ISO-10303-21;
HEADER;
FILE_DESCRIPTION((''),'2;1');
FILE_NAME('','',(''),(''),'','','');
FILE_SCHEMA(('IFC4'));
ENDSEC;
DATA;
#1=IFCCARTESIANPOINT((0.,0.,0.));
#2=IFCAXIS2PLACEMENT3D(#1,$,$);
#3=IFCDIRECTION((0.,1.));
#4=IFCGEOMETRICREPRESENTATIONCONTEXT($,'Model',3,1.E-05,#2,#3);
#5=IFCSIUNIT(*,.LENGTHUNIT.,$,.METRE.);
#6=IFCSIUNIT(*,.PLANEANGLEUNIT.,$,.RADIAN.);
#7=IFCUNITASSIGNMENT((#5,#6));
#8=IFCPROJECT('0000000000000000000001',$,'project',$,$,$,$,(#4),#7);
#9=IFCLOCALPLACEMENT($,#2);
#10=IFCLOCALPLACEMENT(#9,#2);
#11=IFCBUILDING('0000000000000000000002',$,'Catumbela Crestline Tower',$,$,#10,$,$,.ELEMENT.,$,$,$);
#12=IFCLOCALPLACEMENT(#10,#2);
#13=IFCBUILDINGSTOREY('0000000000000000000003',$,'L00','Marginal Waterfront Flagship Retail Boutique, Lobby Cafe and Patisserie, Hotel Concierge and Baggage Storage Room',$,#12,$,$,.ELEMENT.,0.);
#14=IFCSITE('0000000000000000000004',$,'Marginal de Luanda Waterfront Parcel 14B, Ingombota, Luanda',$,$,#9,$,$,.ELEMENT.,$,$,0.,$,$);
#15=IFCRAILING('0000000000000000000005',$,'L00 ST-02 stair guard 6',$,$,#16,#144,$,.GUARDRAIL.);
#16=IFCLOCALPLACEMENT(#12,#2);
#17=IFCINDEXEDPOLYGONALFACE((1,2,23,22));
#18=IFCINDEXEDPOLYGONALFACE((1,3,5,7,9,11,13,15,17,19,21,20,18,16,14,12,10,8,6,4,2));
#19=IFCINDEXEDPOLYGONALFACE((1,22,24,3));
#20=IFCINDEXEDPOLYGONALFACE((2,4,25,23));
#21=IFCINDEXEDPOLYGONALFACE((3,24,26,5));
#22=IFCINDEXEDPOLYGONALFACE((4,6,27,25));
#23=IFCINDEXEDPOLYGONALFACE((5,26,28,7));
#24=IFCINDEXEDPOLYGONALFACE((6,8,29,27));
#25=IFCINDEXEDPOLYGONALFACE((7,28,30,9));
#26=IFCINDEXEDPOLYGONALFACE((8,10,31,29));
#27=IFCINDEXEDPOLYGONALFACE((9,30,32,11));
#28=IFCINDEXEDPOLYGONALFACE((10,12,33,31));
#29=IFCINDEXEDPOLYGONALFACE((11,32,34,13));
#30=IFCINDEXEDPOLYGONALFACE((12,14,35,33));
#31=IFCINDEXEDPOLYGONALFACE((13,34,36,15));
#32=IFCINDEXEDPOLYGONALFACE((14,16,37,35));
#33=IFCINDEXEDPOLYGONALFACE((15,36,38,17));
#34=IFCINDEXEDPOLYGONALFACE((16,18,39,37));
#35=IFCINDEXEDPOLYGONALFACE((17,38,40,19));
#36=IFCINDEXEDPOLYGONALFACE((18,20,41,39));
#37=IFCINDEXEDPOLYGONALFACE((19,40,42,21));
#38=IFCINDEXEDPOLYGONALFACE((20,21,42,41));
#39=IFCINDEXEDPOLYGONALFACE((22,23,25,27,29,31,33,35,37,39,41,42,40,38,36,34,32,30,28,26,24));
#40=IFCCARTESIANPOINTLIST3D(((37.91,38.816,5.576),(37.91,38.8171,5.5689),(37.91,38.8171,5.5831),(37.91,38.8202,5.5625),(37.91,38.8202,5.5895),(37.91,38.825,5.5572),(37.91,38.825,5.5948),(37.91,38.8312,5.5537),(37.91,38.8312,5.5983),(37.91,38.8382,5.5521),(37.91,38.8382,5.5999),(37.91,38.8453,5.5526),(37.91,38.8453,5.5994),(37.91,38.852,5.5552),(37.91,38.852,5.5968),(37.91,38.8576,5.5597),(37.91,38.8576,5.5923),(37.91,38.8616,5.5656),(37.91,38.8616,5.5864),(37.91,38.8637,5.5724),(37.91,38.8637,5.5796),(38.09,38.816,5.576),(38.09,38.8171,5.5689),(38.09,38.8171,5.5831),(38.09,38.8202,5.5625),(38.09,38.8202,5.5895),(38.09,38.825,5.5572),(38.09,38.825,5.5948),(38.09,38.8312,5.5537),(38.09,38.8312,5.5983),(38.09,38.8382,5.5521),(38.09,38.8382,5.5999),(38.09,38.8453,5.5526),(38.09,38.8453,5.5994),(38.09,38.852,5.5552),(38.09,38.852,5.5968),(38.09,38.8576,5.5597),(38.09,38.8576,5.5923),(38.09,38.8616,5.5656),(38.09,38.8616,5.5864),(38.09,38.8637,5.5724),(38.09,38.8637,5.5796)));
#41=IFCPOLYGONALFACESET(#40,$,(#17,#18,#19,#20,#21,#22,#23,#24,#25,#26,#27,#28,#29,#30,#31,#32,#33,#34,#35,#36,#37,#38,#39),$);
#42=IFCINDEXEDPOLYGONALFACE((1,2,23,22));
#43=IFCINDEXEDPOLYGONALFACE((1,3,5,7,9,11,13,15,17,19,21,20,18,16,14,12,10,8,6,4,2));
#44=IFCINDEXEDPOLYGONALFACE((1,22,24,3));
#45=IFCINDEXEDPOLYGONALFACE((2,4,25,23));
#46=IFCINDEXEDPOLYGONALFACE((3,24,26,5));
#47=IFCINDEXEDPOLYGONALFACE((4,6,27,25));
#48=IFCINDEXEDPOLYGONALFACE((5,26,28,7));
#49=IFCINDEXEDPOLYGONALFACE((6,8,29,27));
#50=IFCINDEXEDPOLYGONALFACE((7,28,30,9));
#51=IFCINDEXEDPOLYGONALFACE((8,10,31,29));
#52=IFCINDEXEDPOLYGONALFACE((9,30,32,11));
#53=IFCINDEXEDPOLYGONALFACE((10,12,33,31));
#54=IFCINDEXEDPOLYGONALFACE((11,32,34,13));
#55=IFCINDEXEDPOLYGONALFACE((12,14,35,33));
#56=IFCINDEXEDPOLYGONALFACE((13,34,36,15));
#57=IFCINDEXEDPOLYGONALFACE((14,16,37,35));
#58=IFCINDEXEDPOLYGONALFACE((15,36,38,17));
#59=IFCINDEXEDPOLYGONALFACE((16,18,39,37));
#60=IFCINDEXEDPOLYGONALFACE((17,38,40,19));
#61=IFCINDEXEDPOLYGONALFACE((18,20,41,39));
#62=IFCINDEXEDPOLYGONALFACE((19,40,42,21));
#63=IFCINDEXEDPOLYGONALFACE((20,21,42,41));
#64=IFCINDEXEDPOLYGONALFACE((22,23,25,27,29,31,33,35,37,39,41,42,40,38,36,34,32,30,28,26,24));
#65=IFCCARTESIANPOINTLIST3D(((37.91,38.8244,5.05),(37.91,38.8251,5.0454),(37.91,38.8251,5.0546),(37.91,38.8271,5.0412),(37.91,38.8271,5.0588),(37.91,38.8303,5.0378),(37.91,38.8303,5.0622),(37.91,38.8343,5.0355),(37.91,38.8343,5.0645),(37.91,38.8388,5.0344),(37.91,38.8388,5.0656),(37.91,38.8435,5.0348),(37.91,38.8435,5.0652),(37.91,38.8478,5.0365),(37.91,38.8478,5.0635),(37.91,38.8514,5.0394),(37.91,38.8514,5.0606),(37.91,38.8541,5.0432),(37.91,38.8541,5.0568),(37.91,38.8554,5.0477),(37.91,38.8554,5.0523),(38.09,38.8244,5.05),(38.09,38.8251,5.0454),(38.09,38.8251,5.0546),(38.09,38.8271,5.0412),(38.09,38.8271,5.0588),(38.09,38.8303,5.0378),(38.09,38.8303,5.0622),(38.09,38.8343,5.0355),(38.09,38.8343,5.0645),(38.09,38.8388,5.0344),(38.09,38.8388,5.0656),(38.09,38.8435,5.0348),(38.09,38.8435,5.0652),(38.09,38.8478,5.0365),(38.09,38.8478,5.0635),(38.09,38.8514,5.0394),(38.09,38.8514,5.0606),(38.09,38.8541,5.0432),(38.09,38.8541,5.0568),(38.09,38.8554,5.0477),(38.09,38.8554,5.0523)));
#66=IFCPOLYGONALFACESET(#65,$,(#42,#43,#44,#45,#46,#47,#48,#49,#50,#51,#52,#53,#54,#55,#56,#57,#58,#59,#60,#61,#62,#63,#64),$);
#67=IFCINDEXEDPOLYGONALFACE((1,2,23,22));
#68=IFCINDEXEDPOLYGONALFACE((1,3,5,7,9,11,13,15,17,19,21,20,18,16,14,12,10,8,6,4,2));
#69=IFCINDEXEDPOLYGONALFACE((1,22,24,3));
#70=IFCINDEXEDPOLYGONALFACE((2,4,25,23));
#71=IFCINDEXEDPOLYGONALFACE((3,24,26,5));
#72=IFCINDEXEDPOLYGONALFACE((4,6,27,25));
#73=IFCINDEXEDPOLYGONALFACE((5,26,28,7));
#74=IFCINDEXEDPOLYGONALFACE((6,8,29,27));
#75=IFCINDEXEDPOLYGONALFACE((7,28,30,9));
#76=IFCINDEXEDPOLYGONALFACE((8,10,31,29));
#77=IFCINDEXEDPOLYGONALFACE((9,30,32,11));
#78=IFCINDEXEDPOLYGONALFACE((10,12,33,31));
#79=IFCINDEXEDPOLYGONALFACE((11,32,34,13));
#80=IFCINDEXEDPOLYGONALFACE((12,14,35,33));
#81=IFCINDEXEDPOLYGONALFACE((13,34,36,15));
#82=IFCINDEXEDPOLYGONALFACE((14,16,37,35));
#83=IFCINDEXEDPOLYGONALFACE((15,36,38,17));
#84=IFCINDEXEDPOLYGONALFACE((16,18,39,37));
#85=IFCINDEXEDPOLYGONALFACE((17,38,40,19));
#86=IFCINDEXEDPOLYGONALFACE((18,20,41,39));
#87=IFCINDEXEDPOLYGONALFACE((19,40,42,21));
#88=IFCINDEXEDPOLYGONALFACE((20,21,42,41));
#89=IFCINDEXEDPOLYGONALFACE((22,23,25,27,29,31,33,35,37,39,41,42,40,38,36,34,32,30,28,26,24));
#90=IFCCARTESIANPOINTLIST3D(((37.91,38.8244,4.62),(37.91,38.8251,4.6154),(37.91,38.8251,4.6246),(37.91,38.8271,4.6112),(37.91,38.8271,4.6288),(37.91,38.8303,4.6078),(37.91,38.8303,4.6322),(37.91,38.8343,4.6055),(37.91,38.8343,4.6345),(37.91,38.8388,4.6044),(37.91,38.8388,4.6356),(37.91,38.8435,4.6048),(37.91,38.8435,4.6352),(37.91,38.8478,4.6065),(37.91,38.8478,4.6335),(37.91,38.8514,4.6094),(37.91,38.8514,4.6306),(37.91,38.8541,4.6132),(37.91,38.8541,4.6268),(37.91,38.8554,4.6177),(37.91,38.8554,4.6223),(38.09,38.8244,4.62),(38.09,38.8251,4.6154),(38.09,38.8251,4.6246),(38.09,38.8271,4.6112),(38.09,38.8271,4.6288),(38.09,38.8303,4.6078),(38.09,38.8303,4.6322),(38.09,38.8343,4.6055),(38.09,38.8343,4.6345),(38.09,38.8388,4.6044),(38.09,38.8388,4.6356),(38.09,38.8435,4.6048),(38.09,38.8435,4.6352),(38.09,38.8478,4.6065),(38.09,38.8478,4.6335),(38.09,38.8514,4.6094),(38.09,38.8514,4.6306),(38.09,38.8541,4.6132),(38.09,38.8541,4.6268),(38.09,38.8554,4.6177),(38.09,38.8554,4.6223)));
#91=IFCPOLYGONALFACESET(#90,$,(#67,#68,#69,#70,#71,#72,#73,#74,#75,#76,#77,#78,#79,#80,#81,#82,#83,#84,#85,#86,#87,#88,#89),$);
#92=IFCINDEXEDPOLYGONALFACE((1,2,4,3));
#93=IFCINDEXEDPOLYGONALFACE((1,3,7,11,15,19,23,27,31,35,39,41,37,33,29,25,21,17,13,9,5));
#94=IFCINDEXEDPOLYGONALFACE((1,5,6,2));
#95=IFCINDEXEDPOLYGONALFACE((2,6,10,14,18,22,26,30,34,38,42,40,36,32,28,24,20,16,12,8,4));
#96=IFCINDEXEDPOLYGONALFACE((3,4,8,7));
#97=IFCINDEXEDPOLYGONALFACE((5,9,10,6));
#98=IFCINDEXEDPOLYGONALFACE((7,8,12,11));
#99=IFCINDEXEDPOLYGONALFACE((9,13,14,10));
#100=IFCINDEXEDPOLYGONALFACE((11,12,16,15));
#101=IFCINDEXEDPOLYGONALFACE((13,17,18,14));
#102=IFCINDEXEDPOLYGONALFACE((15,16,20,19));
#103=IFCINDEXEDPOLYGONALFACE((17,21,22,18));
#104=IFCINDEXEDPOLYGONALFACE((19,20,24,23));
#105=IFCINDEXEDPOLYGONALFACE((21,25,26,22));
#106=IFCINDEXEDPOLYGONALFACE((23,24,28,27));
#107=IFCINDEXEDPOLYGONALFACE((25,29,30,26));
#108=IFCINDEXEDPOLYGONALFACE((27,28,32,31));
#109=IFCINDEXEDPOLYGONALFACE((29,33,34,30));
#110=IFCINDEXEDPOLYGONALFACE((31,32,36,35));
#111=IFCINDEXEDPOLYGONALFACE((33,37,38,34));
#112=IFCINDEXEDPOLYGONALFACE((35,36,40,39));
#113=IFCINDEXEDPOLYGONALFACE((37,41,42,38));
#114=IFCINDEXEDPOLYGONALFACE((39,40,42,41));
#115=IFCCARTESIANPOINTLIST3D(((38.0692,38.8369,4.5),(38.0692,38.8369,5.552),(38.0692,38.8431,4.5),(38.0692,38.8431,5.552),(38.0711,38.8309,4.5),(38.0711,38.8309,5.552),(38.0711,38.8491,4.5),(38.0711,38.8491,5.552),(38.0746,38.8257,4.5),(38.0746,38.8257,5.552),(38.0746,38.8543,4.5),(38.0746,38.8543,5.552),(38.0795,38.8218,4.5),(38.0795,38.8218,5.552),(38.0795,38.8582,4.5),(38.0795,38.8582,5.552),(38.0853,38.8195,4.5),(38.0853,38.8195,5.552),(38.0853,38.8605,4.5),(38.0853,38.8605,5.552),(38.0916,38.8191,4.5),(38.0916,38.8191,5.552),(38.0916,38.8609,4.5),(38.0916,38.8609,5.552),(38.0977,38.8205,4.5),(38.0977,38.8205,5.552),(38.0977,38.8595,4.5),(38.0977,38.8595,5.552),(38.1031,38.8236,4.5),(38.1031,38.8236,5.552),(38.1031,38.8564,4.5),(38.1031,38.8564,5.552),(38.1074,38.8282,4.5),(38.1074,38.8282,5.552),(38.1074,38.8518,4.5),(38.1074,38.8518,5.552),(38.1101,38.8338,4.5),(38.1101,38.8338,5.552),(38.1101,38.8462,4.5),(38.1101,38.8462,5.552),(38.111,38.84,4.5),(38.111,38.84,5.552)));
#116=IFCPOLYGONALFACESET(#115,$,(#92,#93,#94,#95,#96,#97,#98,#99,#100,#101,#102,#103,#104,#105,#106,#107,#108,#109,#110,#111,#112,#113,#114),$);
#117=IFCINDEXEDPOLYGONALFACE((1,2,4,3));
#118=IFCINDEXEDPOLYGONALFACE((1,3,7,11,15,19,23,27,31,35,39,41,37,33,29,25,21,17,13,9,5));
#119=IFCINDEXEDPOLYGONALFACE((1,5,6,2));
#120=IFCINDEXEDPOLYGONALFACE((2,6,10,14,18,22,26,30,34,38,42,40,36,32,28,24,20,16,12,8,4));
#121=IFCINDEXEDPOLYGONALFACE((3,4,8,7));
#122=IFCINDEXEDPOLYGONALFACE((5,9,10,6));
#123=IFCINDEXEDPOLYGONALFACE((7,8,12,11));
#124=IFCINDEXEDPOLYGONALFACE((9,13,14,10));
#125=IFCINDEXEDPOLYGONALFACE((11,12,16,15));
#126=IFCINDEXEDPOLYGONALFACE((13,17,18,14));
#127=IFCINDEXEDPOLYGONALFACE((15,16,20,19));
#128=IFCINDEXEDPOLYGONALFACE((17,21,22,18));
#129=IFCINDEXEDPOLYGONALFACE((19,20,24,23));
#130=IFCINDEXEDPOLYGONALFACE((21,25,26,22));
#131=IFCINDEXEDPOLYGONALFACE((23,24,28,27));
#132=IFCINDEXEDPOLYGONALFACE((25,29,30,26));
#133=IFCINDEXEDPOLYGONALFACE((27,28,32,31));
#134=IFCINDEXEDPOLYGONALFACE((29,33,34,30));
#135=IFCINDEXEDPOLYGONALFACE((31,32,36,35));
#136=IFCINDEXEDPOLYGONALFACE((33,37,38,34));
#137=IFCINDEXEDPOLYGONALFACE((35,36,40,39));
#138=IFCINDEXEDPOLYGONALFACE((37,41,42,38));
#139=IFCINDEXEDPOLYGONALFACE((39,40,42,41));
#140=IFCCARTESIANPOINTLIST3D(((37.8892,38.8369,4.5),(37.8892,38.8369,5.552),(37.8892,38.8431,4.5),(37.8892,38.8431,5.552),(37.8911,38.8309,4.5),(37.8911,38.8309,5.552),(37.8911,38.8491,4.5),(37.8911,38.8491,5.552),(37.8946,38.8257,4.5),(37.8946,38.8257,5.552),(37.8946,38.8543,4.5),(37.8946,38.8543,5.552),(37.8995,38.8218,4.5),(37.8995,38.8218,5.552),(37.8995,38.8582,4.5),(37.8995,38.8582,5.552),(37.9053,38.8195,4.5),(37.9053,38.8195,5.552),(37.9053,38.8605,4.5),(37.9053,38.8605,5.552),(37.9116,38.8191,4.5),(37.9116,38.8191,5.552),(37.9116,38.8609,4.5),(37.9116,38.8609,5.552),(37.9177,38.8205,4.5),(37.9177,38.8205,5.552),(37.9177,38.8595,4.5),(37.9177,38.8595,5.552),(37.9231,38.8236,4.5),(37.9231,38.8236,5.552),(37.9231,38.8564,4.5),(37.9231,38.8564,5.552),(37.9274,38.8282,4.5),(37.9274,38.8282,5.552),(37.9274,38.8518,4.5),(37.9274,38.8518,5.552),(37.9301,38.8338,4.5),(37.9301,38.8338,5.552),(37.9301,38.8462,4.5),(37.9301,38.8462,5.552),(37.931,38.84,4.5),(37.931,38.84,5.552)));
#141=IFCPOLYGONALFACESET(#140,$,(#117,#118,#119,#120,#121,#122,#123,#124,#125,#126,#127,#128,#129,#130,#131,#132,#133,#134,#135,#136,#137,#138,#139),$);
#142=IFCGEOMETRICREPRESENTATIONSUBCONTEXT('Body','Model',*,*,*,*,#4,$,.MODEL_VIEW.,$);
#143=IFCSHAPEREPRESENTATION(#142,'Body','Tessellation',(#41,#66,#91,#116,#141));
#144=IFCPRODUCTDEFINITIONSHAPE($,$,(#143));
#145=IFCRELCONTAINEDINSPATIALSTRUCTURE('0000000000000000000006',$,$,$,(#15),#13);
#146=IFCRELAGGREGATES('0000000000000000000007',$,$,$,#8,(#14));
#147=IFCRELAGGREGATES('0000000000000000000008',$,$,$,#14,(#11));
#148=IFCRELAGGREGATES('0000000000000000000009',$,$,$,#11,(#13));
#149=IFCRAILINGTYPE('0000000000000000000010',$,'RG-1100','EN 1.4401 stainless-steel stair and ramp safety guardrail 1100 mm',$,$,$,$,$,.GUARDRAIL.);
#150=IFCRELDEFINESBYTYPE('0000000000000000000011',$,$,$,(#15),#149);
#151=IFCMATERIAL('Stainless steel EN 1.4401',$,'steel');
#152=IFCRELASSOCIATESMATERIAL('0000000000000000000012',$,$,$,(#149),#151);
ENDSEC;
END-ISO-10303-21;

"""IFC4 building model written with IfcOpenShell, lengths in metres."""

from ifc_helpers import new_model, si_unit, direction, frame, origin, origin_2d, place, context, subcontext, project, spatial, circle, extrude, material, type_object, element, save


model = new_model("IFC4")

# Units and contexts
model_context = context("Model", 3, precision=1e-05, world=origin(), true_north=direction((0.0, 1.0)))
body_context = subcontext(model_context, "Body", "Model", "MODEL_VIEW")
ifc_project = project(units=[si_unit("LENGTHUNIT", "METRE"), si_unit("PLANEANGLEUNIT", "RADIAN")], contexts=[model_context])

# Site, building, storey
site_placement = place(None, origin())
site = spatial("IfcSite", under=ifc_project, at=site_placement, Name="Marginal de Luanda Waterfront Parcel 14B, Ingombota, Luanda", CompositionType="ELEMENT", RefElevation=0.0)
building_placement = place(site_placement, origin())
building = spatial("IfcBuilding", under=site, at=building_placement, Name="Catumbela Crestline Tower", CompositionType="ELEMENT")
storey_placement = place(building_placement, origin())
storey = spatial("IfcBuildingStorey", under=building, at=storey_placement, Name="L00", Description="Marginal Waterfront Flagship Retail Boutique, Lobby Cafe and Patisserie, Hotel Concierge and Baggage Storage Room", CompositionType="ELEMENT", Elevation=0.0)

# Shared definitions
ifc_material_1 = material(Name="Stainless steel EN 1.4401", Category="steel")

# Railing
railing_type = type_object("IfcRailingType", Name="RG-1100", Description="EN 1.4401 stainless-steel stair and ramp safety guardrail 1100 mm", PredefinedType="GUARDRAIL", material=ifc_material_1)
for number, where, name in (
    (1, (38.09, 38.84, 4.5), "L00 ST-02 stair guard 6"),
):
    element("IfcRailing", number, at=place(storey_placement, frame(where)), inside=storey, type_object=railing_type, Name=name, PredefinedType="GUARDRAIL", context=body_context, shape_type="SweptSolid", body=[
        extrude(circle(Radius=0.024, at=origin_2d()), frame((0.0, 0.0, 1.076), z_axis=(-1.0, 0.0, 0.0), x_axis=(0.0, -1.0, 0.0)), (0.0, 0.0, 1.0), 0.18),
        extrude(circle(Radius=0.0156, at=origin_2d()), frame((0.0, 0.0, 0.55), z_axis=(-1.0, 0.0, 0.0), x_axis=(0.0, -1.0, 0.0)), (0.0, 0.0, 1.0), 0.18),
        extrude(circle(Radius=0.0156, at=origin_2d()), frame((0.0, 0.0, 0.12), z_axis=(-1.0, 0.0, 0.0), x_axis=(0.0, -1.0, 0.0)), (0.0, 0.0, 1.0), 0.18),
        extrude(circle(Radius=0.021, at=origin_2d()), origin(), (0.0, 0.0, 1.0), 1.052),
        extrude(circle(Radius=0.021, at=origin_2d()), frame((-0.18, 0.0, 0.0)), (0.0, 0.0, 1.0), 1.052),
    ])

save(model, "model.ifc")
